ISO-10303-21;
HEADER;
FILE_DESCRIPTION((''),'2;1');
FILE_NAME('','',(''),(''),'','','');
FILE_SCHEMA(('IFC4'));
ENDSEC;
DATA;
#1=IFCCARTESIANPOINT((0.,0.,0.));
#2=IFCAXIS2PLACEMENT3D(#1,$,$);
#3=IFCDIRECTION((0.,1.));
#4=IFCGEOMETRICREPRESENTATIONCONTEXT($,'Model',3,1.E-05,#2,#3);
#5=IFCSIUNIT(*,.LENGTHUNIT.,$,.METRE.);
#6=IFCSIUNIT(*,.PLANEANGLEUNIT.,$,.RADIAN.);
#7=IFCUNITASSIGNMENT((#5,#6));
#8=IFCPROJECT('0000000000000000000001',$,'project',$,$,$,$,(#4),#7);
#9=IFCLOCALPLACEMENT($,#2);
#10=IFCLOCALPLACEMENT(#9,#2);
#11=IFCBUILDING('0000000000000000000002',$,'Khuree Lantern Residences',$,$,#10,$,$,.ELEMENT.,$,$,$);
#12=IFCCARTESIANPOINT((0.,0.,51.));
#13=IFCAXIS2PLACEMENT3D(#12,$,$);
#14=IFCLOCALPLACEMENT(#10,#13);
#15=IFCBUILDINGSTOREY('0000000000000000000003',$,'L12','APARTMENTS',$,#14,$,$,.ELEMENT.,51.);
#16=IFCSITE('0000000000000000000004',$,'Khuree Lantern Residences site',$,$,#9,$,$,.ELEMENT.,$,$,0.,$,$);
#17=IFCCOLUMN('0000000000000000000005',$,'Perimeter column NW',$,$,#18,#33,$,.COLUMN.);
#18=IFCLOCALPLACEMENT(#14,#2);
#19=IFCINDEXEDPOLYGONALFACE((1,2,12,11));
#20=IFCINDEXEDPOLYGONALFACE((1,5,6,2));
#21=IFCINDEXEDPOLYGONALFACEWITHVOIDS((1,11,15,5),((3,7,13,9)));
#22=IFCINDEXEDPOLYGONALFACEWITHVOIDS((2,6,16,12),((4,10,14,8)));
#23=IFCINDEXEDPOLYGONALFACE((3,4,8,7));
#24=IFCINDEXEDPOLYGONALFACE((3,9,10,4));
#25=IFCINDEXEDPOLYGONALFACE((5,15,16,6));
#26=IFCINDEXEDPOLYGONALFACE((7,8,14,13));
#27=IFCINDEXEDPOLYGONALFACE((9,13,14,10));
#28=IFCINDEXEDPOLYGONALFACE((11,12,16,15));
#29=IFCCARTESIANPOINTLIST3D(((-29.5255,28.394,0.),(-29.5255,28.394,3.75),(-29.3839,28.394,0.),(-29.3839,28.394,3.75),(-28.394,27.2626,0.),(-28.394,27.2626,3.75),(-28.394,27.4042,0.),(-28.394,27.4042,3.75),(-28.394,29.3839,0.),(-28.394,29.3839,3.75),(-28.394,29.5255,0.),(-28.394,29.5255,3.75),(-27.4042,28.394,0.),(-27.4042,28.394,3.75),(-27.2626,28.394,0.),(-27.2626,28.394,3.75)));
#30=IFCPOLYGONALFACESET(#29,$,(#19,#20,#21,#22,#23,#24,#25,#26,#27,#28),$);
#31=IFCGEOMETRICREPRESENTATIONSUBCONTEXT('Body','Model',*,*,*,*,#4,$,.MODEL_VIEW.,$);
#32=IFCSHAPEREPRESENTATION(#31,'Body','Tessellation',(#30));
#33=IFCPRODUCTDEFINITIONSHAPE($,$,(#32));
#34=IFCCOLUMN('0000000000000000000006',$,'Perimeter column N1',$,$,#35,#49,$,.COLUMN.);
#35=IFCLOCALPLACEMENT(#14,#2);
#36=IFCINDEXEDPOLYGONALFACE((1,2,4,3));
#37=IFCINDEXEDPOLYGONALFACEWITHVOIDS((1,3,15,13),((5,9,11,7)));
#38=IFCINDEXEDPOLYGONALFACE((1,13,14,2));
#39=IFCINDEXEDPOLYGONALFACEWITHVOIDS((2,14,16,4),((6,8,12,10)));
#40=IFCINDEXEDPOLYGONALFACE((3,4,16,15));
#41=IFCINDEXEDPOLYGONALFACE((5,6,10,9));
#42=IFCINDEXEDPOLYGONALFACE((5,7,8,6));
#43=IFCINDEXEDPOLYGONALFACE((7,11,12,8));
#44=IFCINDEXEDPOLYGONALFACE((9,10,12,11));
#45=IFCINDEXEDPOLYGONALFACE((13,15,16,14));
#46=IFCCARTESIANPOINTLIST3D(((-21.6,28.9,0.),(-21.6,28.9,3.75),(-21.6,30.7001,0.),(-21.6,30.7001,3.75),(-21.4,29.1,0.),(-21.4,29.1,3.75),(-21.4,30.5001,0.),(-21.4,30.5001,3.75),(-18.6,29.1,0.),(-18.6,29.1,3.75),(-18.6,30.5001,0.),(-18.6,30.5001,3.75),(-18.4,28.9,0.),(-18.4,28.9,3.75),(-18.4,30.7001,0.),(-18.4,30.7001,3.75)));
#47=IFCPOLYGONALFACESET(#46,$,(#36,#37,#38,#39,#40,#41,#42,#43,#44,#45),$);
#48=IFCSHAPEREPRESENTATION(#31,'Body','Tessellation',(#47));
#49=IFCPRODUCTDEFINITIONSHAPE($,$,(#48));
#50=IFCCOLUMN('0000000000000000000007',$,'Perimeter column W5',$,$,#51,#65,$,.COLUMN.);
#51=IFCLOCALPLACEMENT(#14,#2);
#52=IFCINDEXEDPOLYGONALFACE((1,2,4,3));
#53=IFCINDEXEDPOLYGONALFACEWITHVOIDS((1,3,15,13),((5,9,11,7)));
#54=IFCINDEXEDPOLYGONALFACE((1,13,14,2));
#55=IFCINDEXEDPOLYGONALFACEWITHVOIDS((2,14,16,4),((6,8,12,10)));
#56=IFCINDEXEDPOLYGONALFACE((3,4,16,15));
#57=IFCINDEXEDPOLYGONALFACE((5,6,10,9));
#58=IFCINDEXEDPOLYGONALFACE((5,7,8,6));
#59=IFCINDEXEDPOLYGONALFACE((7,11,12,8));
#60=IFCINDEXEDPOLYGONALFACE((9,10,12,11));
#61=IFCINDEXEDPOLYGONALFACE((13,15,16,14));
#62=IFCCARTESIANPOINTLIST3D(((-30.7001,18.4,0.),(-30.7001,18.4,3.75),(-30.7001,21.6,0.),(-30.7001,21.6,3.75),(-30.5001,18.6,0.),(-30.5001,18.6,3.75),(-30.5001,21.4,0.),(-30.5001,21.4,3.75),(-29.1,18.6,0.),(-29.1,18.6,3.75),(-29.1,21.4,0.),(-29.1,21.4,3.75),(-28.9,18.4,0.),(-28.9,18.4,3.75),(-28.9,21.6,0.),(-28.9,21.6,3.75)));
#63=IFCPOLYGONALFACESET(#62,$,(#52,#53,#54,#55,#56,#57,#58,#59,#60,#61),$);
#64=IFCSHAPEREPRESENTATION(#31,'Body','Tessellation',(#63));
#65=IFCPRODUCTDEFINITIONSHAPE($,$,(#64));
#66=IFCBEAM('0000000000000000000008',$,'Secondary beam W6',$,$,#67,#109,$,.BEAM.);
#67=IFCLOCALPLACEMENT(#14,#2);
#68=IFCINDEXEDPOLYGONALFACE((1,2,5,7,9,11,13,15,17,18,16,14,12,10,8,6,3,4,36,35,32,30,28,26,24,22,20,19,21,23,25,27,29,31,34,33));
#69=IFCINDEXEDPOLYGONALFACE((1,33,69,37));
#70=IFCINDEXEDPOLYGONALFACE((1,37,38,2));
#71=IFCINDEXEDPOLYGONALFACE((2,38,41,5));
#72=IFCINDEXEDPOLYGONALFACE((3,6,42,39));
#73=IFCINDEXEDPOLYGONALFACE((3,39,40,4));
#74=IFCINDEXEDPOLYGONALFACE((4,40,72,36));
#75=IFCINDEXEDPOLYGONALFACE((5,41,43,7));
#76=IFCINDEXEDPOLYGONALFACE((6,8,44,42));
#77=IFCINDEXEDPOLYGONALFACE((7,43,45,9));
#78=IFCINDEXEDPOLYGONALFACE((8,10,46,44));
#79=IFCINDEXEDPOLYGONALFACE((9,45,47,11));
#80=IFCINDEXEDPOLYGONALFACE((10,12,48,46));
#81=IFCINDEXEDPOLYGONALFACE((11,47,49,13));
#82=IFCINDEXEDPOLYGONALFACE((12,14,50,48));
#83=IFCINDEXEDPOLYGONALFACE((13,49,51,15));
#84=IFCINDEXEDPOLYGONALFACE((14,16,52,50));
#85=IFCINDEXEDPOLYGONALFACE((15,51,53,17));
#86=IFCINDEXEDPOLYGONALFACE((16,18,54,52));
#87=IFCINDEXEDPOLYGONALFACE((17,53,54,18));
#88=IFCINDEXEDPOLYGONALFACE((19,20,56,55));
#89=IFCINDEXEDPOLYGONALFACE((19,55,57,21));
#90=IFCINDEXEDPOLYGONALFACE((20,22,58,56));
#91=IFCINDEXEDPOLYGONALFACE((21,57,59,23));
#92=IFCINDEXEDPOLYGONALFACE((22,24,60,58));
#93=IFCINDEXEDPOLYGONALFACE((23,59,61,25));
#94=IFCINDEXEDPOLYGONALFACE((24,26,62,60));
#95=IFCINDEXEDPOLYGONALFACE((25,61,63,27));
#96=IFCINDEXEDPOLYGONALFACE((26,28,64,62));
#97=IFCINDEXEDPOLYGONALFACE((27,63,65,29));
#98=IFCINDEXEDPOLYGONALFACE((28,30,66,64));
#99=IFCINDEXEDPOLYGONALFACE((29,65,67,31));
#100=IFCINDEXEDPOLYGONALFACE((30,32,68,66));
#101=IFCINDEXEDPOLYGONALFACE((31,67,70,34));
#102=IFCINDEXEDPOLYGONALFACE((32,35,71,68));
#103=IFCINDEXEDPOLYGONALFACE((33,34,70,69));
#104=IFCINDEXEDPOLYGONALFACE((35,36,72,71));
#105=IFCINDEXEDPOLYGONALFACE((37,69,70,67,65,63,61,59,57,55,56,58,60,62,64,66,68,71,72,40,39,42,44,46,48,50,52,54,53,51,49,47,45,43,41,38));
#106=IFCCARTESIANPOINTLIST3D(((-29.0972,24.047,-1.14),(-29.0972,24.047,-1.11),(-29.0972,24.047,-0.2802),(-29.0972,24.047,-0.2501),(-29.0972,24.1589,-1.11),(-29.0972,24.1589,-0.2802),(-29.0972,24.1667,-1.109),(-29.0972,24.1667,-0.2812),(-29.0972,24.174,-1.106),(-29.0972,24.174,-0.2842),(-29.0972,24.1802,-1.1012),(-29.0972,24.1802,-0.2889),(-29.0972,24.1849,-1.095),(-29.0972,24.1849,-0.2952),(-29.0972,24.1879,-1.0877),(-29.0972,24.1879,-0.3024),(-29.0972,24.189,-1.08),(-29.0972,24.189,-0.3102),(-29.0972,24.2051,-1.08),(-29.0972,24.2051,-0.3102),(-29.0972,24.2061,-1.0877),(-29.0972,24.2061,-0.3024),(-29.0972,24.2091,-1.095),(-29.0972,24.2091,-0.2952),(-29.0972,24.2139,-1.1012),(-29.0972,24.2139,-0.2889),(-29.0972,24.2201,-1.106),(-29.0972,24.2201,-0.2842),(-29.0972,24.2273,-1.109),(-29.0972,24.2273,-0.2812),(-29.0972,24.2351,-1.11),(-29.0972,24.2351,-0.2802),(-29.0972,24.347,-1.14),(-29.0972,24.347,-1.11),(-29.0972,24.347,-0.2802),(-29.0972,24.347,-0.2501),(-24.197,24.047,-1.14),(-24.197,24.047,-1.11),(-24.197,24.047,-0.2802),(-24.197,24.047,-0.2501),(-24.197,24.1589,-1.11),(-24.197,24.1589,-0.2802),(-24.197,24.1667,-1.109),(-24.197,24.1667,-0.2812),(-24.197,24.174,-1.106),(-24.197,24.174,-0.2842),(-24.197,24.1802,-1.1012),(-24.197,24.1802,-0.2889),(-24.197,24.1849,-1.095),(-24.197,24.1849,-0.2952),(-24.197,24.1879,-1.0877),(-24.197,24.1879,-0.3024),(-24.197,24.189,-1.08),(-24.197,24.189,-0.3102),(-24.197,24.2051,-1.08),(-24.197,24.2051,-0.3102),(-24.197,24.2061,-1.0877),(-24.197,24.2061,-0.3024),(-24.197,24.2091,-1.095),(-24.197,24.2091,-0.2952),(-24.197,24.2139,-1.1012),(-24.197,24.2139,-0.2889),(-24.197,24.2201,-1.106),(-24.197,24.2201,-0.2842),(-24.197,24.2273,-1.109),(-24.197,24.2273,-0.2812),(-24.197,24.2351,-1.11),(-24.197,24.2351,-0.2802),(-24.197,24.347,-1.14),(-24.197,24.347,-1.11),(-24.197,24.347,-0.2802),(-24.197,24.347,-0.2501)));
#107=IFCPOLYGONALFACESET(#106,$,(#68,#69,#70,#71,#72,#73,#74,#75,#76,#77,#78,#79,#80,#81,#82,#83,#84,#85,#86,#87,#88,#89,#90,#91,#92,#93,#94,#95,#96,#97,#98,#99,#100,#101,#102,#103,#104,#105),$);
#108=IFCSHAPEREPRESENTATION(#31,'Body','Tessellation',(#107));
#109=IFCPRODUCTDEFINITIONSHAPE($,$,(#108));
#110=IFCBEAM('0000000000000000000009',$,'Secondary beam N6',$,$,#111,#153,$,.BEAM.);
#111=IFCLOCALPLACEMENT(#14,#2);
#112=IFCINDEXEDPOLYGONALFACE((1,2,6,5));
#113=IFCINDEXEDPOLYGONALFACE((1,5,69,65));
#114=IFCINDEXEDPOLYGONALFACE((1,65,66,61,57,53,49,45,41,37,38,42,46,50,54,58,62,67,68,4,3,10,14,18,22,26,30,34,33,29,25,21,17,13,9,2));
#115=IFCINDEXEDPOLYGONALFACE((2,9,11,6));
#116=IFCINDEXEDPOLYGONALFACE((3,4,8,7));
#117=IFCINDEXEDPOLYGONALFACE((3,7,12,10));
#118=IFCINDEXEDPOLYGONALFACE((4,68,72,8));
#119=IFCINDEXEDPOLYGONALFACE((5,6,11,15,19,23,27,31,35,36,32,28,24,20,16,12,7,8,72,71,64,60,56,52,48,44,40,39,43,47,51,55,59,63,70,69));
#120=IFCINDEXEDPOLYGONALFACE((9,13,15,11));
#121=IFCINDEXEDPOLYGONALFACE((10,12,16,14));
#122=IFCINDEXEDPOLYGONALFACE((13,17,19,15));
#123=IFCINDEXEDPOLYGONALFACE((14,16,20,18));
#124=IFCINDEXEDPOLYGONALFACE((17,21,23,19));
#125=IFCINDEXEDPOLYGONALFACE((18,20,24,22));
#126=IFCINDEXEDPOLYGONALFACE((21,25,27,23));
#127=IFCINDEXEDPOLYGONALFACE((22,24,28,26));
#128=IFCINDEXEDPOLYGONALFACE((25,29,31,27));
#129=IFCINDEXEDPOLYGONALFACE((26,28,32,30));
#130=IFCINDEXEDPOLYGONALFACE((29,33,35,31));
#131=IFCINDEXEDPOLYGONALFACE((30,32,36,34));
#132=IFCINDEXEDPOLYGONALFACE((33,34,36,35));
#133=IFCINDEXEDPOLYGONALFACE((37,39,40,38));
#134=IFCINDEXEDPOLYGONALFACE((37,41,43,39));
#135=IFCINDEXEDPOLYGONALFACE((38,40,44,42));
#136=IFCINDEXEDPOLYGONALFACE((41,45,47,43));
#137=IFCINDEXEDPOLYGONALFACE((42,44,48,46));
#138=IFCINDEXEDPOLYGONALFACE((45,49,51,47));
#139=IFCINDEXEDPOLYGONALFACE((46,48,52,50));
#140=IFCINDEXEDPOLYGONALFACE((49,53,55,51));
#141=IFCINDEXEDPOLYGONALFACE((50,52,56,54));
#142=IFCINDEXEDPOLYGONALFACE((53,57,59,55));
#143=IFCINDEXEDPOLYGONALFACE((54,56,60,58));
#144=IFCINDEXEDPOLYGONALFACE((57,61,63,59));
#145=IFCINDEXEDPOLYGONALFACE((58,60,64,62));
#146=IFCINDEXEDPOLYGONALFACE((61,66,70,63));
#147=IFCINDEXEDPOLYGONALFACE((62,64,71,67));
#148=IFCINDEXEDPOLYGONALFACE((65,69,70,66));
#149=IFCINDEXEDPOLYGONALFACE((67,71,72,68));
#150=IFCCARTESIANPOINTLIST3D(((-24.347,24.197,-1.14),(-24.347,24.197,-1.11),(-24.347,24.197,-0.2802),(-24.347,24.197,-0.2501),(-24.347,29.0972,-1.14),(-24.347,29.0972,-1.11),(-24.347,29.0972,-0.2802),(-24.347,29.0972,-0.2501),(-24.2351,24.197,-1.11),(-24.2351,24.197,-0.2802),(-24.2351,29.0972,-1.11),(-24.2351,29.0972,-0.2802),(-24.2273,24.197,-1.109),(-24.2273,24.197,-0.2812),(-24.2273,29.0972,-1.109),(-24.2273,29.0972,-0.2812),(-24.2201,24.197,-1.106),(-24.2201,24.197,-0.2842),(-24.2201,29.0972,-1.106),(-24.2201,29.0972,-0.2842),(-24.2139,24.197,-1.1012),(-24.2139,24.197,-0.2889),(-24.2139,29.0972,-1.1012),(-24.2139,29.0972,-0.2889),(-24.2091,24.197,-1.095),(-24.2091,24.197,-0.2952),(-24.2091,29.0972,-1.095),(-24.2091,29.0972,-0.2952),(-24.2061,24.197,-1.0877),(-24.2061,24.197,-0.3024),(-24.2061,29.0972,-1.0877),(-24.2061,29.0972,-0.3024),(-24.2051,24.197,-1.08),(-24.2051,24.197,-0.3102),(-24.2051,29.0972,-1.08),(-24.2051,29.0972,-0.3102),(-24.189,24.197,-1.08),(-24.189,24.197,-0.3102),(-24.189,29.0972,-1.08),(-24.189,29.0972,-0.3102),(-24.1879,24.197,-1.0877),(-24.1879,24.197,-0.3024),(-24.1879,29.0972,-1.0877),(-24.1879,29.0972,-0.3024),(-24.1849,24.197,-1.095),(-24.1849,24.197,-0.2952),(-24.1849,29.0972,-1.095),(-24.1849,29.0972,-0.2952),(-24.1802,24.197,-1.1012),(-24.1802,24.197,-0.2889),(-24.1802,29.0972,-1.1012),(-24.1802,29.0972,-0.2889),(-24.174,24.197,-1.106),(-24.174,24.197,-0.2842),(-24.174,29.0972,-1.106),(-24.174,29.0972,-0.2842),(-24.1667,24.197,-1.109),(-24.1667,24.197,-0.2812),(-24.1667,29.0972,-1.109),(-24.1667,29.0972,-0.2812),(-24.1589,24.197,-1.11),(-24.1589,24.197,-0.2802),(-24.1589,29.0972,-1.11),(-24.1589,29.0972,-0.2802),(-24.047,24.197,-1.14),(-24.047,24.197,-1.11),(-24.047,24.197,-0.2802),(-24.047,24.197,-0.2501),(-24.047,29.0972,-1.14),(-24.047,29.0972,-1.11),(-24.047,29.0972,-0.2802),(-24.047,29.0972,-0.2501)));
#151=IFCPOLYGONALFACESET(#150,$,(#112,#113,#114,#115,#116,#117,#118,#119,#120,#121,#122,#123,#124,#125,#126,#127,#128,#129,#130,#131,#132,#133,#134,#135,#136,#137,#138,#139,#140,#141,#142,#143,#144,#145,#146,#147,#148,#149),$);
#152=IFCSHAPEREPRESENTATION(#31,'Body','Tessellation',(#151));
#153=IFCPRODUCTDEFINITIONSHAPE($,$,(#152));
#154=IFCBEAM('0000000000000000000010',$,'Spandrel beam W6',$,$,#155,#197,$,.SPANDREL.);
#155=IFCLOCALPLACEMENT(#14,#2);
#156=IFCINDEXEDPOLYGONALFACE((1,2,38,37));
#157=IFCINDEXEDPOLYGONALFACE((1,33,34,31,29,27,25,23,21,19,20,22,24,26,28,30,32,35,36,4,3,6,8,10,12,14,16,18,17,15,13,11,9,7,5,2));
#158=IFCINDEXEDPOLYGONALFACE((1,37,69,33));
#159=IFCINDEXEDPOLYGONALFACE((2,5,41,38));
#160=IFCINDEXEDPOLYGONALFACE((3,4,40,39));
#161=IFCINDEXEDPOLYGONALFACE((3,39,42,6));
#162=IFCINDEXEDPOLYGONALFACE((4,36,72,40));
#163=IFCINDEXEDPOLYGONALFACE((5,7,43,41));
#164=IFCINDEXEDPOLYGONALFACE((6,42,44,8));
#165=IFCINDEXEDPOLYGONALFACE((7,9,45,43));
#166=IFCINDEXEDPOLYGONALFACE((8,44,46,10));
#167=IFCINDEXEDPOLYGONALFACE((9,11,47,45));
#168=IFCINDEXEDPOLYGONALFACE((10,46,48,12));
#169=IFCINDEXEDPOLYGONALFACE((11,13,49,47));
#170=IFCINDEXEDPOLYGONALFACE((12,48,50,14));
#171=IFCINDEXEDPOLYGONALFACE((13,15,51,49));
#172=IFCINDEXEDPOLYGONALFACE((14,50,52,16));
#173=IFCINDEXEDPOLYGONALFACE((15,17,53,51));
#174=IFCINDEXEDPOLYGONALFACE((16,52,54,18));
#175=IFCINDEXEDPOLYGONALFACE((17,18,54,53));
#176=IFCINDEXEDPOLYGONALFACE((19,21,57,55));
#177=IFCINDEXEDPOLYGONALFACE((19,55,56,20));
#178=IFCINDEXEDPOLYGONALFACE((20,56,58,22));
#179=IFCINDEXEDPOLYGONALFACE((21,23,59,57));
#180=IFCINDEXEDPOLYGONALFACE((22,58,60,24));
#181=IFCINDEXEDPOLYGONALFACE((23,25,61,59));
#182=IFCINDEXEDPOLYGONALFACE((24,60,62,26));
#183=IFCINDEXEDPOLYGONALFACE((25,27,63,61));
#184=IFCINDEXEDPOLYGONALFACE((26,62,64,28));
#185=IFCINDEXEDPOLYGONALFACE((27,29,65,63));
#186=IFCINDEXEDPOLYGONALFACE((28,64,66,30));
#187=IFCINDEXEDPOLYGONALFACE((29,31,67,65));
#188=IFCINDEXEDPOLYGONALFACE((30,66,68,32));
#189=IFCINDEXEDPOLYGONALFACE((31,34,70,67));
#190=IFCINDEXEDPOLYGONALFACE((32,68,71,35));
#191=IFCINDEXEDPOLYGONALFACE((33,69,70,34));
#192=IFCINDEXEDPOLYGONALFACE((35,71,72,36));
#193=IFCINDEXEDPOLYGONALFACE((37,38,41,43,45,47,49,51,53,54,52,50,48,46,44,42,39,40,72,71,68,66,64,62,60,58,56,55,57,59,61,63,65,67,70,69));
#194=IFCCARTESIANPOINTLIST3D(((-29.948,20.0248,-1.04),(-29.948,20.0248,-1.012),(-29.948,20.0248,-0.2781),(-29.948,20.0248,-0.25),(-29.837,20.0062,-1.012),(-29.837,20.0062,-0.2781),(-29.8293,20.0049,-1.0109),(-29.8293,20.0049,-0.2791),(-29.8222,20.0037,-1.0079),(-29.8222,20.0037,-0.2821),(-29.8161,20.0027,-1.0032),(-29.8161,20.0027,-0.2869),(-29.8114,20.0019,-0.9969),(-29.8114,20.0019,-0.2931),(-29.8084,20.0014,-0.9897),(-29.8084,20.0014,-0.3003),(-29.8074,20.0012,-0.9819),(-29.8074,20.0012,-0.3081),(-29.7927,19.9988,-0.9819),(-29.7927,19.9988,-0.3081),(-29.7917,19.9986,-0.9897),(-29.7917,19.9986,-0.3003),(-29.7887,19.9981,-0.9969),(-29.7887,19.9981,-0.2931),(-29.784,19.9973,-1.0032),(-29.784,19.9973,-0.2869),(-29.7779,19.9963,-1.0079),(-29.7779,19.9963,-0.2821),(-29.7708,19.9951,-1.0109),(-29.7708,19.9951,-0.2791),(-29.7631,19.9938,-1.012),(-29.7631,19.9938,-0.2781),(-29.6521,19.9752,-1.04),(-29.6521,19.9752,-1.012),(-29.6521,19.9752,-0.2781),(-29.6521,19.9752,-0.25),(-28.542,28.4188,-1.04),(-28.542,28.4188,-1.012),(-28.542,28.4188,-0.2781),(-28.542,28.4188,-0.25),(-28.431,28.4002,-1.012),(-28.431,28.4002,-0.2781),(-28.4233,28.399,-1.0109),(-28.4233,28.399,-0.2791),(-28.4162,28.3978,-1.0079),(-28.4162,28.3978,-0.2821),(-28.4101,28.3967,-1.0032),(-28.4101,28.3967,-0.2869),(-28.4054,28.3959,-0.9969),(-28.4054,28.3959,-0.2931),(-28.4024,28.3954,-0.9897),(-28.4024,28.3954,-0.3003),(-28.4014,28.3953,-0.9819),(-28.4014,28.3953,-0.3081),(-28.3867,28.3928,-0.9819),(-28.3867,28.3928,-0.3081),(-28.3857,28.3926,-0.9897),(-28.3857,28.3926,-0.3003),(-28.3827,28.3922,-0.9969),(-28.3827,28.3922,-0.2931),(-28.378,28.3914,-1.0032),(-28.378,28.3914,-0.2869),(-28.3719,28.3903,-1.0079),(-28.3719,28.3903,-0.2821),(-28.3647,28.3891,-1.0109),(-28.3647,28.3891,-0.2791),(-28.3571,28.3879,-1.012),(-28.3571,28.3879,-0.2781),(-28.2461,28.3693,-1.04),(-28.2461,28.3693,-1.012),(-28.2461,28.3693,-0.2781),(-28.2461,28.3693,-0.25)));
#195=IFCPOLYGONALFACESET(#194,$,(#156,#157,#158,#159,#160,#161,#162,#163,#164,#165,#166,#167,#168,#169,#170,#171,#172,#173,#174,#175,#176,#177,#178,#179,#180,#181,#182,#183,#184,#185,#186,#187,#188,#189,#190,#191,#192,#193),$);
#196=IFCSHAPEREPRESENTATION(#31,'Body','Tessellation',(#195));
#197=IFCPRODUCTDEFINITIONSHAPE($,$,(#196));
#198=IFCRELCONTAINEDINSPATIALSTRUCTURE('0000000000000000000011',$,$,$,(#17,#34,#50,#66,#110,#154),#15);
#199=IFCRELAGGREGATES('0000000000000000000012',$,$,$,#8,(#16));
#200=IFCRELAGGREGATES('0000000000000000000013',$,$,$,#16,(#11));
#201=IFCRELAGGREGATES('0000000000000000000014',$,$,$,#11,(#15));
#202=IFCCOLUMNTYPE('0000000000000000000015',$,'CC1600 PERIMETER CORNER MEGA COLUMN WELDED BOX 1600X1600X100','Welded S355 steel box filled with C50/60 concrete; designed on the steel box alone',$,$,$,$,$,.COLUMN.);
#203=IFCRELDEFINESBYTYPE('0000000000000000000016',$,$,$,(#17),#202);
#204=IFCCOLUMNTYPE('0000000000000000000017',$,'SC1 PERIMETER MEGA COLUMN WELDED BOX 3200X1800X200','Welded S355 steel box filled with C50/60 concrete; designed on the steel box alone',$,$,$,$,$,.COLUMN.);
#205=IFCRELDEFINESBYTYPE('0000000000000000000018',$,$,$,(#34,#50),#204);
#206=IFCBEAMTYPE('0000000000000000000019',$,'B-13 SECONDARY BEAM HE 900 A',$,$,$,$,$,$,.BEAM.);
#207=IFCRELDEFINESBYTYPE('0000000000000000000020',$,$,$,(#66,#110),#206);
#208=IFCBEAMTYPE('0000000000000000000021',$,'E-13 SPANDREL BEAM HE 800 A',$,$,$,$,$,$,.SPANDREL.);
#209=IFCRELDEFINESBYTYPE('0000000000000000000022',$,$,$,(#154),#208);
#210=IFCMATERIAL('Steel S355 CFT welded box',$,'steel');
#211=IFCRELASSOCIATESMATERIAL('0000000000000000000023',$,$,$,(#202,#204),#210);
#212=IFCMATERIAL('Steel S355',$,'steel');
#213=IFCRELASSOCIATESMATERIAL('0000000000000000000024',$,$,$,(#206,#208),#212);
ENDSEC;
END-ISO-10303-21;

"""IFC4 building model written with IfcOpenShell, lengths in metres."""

from ifc_helpers import new_model, si_unit, direction, frame, origin, origin_2d, place, context, subcontext, project, spatial, hollow_rectangle, i_section, extrude, material, material_profile, profile_set, type_object, element, save


model = new_model("IFC4")

# Units and contexts
model_context = context("Model", 3, precision=1e-05, world=origin(), true_north=direction((0.0, 1.0)))
body_context = subcontext(model_context, "Body", "Model", "MODEL_VIEW")
ifc_project = project(units=[si_unit("LENGTHUNIT", "METRE"), si_unit("PLANEANGLEUNIT", "RADIAN")], contexts=[model_context])

# Site, building, storey
site_placement = place(None, origin())
site = spatial("IfcSite", under=ifc_project, at=site_placement, Name="Khuree Lantern Residences site", CompositionType="ELEMENT", RefElevation=0.0)
building_placement = place(site_placement, origin())
building = spatial("IfcBuilding", under=site, at=building_placement, Name="Khuree Lantern Residences", CompositionType="ELEMENT")
storey_placement = place(building_placement, frame((0.0, 0.0, 51.0)))
storey = spatial("IfcBuildingStorey", under=building, at=storey_placement, Name="L12", Description="APARTMENTS", CompositionType="ELEMENT", Elevation=51.0)

# Columns
ifc_material_1 = material(Name="Steel S355 CFT welded box", Category="steel")
ifc_material_profile_1 = material_profile(ifc_material_1, hollow_rectangle(XDim=1.6001, YDim=1.6001, WallThickness=0.1001, at=origin_2d()), Name="WELDED BOX 1600X1600X100")
ifc_profile_set_1 = profile_set([ifc_material_profile_1], Name="Steel S355 CFT welded box")
column_type_1 = type_object("IfcColumnType", Name="CC1600 PERIMETER CORNER MEGA COLUMN WELDED BOX 1600X1600X100", Description="Welded S355 steel box filled with C50/60 concrete; designed on the steel box alone", PredefinedType="COLUMN", material=ifc_profile_set_1)
column_placement = place(storey_placement, frame((-28.394, 28.394, 0.0), z_axis=(0.0, 0.0, 1.0), x_axis=(0.707107, 0.707107, 0.0)))
element("IfcColumn", 1, at=column_placement, inside=storey, type_object=column_type_1, Name="Perimeter column NW", PredefinedType="COLUMN", context=body_context, shape_type="SweptSolid", body=[
    extrude(hollow_rectangle(XDim=1.6001, YDim=1.6001, WallThickness=0.1001, at=origin_2d()), origin(), (0.0, 0.0, 1.0), 3.75),
])
ifc_material_profile_2 = material_profile(ifc_material_1, hollow_rectangle(XDim=3.2, YDim=1.8, WallThickness=0.2, at=origin_2d()), Name="WELDED BOX 3200X1800X200")
ifc_profile_set_2 = profile_set([ifc_material_profile_2], Name="Steel S355 CFT welded box")
column_type_2 = type_object("IfcColumnType", Name="SC1 PERIMETER MEGA COLUMN WELDED BOX 3200X1800X200", Description="Welded S355 steel box filled with C50/60 concrete; designed on the steel box alone", PredefinedType="COLUMN", material=ifc_profile_set_2)
for number, where, z_axis, x_axis, name in (
    (2, (-20.0, 29.8, 0.0), (0.0, 0.0, 1.0), (1.0, 0.0, 0.0), "Perimeter column N1"),
    (3, (-29.8, 20.0, 0.0), (0.0, 0.0, 1.0), (0.0, 1.0, 0.0), "Perimeter column W5"),
):
    element("IfcColumn", number, at=place(storey_placement, frame(where, z_axis=z_axis, x_axis=x_axis)), inside=storey, type_object=column_type_2, Name=name, PredefinedType="COLUMN", context=body_context, shape_type="SweptSolid", body=[
        extrude(hollow_rectangle(XDim=3.2, YDim=1.8, WallThickness=0.2, at=origin_2d()), origin(), (0.0, 0.0, 1.0), 3.75),
    ])

# Beams
ifc_material_2 = material(Name="Steel S355", Category="steel")
ifc_material_profile_3 = material_profile(ifc_material_2, i_section(OverallWidth=0.3, OverallDepth=0.8899, WebThickness=0.0161, FlangeThickness=0.03, FilletRadius=0.03, at=origin_2d()), Name="HE 900 A")
ifc_profile_set_3 = profile_set([ifc_material_profile_3], Name="Steel S355")
beam_type_1 = type_object("IfcBeamType", Name="B-13 SECONDARY BEAM HE 900 A", PredefinedType="BEAM", material=ifc_profile_set_3)
for number, where, z_axis, x_axis, name in (
    (4, (-29.0972, 24.197, -0.6951), (1.0, 0.0, 0.0), (0.0, 1.0, 0.0), "Secondary beam W6"),
    (5, (-24.197, 29.0972, -0.6951), (0.0, -1.0, 0.0), (1.0, 0.0, 0.0), "Secondary beam N6"),
):
    element("IfcBeam", number, at=place(storey_placement, frame(where, z_axis=z_axis, x_axis=x_axis)), inside=storey, type_object=beam_type_1, Name=name, PredefinedType="BEAM", context=body_context, shape_type="SweptSolid", body=[
        extrude(i_section(OverallWidth=0.3, OverallDepth=0.8899, WebThickness=0.0161, FlangeThickness=0.03, FilletRadius=0.03, at=origin_2d()), origin(), (0.0, 0.0, 1.0), 4.9001),
    ])
ifc_material_profile_4 = material_profile(ifc_material_2, i_section(OverallWidth=0.3, OverallDepth=0.79, WebThickness=0.0149, FlangeThickness=0.0281, FilletRadius=0.03, at=origin_2d()), Name="HE 800 A")
ifc_profile_set_4 = profile_set([ifc_material_profile_4], Name="Steel S355")
beam_type_2 = type_object("IfcBeamType", Name="E-13 SPANDREL BEAM HE 800 A", PredefinedType="SPANDREL", material=ifc_profile_set_4)
for number, where, z_axis, x_axis, name in (
    (6, (-29.8, 20.0, -0.645), (0.165199, 0.98626, 0.0), (-0.98626, 0.165199, 0.0), "Spandrel beam W6"),
):
    element("IfcBeam", number, at=place(storey_placement, frame(where, z_axis=z_axis, x_axis=x_axis)), inside=storey, type_object=beam_type_2, Name=name, PredefinedType="SPANDREL", context=body_context, shape_type="SweptSolid", body=[
        extrude(i_section(OverallWidth=0.3, OverallDepth=0.79, WebThickness=0.0149, FlangeThickness=0.0281, FilletRadius=0.03, at=origin_2d()), origin(), (0.0, 0.0, 1.0), 8.511),
    ])

save(model, "model.ifc")
